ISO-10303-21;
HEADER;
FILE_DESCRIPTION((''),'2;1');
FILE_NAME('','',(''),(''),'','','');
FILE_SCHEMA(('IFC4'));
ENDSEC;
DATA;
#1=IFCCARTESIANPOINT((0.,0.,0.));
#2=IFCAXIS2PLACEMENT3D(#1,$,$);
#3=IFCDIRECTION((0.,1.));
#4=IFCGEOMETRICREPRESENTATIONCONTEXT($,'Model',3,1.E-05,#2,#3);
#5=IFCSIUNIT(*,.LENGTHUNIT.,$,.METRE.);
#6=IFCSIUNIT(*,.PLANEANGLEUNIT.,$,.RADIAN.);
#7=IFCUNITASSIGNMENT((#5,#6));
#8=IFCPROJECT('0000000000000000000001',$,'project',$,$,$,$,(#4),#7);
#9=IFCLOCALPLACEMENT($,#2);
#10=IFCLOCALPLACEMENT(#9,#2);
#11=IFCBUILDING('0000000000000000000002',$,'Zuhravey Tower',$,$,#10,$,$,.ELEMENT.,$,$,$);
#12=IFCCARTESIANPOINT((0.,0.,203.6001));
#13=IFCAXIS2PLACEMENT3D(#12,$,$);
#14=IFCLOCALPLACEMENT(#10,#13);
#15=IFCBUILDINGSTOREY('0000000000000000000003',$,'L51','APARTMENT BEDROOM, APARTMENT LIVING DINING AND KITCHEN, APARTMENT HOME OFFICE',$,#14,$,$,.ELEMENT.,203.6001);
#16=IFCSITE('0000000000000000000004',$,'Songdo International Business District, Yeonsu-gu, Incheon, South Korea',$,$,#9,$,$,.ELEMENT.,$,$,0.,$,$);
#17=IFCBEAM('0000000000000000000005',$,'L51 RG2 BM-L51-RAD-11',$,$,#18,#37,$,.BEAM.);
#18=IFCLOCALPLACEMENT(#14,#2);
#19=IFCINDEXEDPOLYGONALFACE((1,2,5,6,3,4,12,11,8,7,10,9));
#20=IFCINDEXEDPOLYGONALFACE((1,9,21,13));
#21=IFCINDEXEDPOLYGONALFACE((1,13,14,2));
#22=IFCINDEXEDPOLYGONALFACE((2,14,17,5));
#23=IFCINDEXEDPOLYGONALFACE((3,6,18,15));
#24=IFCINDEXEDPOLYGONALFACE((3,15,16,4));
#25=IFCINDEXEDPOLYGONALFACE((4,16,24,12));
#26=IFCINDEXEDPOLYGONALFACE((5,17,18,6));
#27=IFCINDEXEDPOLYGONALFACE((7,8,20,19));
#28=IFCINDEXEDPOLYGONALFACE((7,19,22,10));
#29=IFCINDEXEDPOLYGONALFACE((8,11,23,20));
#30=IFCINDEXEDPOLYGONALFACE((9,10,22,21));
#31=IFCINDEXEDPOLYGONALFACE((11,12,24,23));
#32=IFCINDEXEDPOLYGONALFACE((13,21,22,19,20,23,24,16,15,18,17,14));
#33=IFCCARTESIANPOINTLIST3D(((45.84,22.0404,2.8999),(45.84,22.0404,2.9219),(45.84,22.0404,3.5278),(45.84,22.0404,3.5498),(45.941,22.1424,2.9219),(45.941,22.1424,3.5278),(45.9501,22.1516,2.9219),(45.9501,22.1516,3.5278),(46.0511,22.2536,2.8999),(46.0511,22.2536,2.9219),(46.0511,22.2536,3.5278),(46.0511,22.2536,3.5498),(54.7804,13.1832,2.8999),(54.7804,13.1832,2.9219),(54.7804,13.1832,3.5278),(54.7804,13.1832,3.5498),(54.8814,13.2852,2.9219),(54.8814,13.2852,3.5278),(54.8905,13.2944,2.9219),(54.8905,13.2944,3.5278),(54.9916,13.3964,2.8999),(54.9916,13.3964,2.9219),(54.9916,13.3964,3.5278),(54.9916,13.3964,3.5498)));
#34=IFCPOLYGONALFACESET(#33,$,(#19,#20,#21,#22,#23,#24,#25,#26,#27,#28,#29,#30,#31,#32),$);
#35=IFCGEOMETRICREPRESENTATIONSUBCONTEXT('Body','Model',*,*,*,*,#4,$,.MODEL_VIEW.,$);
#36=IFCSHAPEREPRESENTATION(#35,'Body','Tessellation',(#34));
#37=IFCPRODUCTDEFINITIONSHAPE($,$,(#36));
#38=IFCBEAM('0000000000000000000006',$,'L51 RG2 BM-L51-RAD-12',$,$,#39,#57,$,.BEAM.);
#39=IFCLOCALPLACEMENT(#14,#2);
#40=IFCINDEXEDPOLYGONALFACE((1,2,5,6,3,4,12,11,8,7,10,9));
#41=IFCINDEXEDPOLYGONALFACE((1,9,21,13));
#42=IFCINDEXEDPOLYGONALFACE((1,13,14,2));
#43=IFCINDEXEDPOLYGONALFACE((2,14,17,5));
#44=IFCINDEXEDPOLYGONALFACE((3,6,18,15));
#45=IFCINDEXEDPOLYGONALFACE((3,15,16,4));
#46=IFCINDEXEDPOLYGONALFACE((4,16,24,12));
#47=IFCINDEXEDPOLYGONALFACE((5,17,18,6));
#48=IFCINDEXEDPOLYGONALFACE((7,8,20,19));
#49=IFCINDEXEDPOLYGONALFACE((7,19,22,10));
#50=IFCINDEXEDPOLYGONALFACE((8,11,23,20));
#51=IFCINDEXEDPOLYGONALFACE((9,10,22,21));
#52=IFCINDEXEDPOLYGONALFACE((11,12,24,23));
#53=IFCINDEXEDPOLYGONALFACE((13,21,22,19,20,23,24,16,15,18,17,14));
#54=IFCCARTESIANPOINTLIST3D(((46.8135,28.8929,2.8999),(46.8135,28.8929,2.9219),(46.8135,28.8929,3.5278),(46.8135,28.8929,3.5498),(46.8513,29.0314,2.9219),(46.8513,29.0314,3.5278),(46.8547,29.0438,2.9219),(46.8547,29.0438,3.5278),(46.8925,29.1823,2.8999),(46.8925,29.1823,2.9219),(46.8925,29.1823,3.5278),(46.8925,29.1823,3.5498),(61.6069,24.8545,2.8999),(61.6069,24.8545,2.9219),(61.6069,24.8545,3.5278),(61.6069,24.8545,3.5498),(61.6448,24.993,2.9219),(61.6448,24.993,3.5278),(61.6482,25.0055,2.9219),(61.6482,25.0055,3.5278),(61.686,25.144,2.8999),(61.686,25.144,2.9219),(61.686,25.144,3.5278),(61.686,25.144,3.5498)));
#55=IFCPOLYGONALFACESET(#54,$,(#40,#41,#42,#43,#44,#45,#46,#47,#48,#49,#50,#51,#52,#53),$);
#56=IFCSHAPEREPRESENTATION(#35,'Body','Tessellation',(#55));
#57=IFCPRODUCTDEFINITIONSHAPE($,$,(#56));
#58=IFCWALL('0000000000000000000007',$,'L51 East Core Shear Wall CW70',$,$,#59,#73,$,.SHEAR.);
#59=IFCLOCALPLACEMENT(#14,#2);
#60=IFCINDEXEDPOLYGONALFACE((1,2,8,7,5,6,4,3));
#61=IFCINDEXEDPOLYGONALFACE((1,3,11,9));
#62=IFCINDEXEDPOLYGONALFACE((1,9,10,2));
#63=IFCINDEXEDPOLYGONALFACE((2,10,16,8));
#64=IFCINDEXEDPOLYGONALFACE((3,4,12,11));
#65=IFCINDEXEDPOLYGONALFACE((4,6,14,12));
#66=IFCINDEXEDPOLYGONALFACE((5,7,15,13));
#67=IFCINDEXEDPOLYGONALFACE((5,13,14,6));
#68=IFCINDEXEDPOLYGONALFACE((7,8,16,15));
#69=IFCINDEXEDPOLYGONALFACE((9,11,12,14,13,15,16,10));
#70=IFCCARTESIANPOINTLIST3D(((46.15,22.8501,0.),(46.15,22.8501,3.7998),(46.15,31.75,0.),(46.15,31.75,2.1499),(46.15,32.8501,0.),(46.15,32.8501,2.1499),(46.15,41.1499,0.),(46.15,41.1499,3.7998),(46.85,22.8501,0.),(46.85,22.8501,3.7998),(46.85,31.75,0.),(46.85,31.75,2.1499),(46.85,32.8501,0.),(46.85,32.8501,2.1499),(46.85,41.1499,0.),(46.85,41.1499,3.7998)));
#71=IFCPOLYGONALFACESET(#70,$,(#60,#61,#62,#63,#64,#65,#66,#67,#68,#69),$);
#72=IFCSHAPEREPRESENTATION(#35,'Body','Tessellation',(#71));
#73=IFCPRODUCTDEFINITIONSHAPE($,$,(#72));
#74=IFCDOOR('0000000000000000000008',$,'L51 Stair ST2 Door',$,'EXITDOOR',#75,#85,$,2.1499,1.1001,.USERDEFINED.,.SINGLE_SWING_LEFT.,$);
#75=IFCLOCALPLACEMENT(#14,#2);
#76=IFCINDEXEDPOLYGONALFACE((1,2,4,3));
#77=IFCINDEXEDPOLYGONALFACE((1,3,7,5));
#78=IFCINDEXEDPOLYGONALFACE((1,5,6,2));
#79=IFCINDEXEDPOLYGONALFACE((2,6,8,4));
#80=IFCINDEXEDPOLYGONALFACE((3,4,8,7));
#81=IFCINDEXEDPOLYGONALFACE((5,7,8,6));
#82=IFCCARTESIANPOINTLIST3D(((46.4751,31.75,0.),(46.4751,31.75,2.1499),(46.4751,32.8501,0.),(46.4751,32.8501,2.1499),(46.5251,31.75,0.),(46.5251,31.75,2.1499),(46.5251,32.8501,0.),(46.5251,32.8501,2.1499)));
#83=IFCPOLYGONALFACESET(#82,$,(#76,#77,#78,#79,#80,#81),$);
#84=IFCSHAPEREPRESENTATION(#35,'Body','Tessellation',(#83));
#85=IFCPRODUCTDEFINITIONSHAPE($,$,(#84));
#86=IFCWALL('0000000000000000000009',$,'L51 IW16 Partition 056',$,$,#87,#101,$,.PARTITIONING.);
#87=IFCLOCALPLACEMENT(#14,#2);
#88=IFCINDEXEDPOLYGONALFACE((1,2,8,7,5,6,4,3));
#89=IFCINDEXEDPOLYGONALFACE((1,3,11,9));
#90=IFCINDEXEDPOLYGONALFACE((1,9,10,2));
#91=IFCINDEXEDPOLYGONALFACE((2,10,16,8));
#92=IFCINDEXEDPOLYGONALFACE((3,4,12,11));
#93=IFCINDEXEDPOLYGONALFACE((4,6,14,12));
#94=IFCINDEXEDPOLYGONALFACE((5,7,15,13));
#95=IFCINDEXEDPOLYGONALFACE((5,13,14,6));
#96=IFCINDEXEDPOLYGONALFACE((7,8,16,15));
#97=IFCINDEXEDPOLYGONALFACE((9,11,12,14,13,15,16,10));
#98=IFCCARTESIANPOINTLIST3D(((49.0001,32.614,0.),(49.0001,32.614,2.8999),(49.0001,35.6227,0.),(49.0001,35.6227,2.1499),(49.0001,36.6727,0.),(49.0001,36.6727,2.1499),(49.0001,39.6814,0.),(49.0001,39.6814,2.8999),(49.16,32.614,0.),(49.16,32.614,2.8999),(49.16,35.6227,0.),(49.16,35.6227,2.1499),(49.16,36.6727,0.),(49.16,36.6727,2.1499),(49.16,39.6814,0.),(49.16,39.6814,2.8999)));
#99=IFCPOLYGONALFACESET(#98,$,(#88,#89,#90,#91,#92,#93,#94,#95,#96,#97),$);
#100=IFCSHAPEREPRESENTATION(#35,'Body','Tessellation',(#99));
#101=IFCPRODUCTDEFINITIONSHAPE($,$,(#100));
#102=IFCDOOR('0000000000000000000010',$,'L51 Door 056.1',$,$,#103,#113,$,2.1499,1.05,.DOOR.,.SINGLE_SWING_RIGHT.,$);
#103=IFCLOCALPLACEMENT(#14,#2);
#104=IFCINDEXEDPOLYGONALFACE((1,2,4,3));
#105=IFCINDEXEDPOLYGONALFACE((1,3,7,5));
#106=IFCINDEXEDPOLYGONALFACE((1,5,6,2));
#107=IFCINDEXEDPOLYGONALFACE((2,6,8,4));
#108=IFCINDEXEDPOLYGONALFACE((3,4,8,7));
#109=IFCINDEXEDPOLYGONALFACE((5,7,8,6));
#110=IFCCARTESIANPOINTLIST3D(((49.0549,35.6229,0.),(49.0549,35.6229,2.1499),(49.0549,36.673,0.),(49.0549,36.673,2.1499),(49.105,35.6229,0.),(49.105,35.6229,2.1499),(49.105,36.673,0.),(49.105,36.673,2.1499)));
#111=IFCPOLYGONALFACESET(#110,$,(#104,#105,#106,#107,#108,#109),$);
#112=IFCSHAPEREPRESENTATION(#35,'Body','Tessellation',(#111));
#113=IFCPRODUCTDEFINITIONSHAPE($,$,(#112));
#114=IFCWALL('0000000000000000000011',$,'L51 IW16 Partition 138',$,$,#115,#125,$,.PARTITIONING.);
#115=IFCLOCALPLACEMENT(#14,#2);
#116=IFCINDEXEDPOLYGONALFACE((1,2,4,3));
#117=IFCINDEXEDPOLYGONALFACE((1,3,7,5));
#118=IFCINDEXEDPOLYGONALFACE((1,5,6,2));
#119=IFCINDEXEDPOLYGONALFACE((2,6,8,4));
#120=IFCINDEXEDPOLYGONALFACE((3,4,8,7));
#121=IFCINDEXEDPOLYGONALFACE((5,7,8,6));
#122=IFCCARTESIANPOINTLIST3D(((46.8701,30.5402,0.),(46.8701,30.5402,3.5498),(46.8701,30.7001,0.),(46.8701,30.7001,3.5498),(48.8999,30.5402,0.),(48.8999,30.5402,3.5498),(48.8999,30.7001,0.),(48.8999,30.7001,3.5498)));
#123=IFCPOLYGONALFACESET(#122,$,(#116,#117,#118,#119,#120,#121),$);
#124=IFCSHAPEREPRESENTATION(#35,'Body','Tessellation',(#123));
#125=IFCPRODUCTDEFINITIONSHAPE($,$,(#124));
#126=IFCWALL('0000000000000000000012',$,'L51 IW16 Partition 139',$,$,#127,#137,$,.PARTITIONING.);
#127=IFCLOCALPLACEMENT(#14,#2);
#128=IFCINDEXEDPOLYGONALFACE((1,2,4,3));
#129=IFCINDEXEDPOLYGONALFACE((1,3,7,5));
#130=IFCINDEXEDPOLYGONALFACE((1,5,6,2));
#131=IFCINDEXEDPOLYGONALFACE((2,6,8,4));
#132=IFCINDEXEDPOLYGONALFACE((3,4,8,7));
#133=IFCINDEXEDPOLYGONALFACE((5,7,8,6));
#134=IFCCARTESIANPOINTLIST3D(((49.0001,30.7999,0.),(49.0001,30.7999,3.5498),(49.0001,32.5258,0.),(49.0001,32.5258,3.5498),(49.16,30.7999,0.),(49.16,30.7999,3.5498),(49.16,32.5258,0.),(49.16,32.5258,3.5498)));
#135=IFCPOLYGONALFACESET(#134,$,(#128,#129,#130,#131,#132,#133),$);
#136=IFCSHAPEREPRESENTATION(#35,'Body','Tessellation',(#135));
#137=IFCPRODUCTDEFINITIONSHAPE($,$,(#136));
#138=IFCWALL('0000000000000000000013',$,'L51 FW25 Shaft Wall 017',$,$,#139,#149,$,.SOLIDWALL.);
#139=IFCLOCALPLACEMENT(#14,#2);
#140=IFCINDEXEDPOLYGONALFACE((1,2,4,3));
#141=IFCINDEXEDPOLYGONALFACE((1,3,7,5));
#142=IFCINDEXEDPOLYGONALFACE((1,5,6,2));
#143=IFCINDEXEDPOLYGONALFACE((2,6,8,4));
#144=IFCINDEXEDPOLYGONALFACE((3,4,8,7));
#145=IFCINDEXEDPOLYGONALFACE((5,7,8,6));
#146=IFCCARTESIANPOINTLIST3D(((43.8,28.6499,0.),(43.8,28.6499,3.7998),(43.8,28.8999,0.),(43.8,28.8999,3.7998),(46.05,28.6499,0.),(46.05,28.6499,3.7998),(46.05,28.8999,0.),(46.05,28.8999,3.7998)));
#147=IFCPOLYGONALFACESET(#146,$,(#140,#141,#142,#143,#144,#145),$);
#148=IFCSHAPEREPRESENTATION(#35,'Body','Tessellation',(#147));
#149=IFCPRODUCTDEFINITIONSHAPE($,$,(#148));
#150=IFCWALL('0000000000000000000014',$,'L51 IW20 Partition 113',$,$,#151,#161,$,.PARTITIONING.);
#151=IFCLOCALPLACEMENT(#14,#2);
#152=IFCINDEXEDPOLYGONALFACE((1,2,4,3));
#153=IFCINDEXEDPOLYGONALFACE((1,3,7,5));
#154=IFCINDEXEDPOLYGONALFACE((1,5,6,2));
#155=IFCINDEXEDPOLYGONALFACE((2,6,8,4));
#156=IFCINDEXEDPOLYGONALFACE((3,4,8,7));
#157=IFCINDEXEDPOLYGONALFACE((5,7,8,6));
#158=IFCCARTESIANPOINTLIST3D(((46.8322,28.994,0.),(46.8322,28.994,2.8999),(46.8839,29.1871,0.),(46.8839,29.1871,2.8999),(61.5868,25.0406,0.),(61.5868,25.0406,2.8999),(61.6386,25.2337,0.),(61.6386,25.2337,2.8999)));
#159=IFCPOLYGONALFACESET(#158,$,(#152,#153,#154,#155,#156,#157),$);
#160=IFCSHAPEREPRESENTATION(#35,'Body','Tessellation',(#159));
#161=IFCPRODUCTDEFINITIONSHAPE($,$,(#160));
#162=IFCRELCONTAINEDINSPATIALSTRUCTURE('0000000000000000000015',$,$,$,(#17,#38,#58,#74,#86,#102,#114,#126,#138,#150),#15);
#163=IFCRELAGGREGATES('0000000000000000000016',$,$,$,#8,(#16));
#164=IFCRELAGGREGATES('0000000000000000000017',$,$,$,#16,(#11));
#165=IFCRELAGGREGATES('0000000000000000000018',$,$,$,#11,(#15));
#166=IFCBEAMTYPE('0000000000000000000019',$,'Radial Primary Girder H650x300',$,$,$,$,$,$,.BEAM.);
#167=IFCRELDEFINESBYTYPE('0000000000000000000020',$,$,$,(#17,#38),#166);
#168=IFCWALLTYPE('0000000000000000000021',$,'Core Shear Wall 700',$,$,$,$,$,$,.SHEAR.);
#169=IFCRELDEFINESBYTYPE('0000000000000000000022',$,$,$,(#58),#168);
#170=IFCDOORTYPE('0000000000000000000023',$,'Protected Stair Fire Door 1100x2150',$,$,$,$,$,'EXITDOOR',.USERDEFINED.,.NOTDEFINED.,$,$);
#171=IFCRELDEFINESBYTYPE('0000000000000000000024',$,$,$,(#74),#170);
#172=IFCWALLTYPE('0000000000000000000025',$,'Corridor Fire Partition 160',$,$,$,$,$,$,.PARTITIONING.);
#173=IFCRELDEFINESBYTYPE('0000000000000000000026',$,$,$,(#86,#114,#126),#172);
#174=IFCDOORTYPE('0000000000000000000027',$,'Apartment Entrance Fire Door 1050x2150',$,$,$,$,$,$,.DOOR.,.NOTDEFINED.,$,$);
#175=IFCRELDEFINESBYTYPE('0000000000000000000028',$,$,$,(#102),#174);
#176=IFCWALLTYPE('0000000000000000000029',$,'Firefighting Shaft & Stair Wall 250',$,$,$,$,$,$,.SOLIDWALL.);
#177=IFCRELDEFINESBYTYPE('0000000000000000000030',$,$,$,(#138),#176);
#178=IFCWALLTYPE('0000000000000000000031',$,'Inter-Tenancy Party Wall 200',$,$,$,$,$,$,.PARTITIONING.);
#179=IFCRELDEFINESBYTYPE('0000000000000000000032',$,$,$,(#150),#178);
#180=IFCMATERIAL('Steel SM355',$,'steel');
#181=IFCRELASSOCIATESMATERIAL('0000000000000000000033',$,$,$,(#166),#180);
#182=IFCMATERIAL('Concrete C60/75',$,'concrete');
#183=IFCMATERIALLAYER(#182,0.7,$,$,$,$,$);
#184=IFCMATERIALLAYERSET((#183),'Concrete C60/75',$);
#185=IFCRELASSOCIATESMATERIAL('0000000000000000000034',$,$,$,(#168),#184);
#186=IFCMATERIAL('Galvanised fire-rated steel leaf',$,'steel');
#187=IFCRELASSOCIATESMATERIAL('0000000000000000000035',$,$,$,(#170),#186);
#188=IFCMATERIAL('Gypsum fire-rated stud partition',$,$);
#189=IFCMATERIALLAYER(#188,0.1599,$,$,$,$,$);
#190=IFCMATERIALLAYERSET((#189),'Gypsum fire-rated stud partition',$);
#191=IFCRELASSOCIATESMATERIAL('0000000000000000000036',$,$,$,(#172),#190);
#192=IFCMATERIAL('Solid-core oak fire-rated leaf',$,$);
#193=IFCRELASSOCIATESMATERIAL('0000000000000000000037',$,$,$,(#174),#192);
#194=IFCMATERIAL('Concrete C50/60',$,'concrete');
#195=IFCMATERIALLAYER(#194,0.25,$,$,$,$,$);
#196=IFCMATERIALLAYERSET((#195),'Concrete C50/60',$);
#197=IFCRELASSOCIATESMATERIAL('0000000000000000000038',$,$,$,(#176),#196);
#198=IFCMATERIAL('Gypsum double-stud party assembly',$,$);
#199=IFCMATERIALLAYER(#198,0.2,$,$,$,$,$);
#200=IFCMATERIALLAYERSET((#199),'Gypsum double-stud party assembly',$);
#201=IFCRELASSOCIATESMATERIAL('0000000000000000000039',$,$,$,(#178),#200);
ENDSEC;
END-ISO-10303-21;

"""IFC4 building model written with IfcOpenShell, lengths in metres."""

from ifc_helpers import new_model, si_unit, direction, frame, frame_2d, origin, origin_2d, place, context, subcontext, project, spatial, rectangle, i_section, extrude, material, layer, layer_set, material_profile, profile_set, type_object, element, fill, save


model = new_model("IFC4")

# Units and contexts
model_context = context("Model", 3, precision=1e-05, world=origin(), true_north=direction((0.0, 1.0)))
body_context = subcontext(model_context, "Body", "Model", "MODEL_VIEW")
ifc_project = project(units=[si_unit("LENGTHUNIT", "METRE"), si_unit("PLANEANGLEUNIT", "RADIAN")], contexts=[model_context])

# Site, building, storey
site_placement = place(None, origin())
site = spatial("IfcSite", under=ifc_project, at=site_placement, Name="Songdo International Business District, Yeonsu-gu, Incheon, South Korea", CompositionType="ELEMENT", RefElevation=0.0)
building_placement = place(site_placement, origin())
building = spatial("IfcBuilding", under=site, at=building_placement, Name="Zuhravey Tower", CompositionType="ELEMENT")
storey_placement = place(building_placement, frame((0.0, 0.0, 203.6001)))
storey = spatial("IfcBuildingStorey", under=building, at=storey_placement, Name="L51", Description="APARTMENT BEDROOM, APARTMENT LIVING DINING AND KITCHEN, APARTMENT HOME OFFICE", CompositionType="ELEMENT", Elevation=203.6001)

# Beams
ifc_material_1 = material(Name="Steel SM355", Category="steel")
ifc_material_profile = material_profile(ifc_material_1, i_section(OverallWidth=0.3, OverallDepth=0.6499, WebThickness=0.0129, FlangeThickness=0.022, at=origin_2d()), Name="H-650x300x13x22")
ifc_profile_set = profile_set([ifc_material_profile], Name="Steel SM355")
beam_type = type_object("IfcBeamType", Name="Radial Primary Girder H650x300", PredefinedType="BEAM", material=ifc_profile_set)
beam_1_placement = place(storey_placement, frame((45.9456, 22.147, 3.2249), z_axis=(0.710407, -0.703791, 0.0), x_axis=(0.703791, 0.710407, 0.0)))
element("IfcBeam", 1, at=beam_1_placement, inside=storey, type_object=beam_type, Name="L51 RG2 BM-L51-RAD-11", PredefinedType="BEAM", context=body_context, shape_type="SweptSolid", body=[
    extrude(i_section(OverallWidth=0.3, OverallDepth=0.6499, WebThickness=0.0129, FlangeThickness=0.022, at=origin_2d()), origin(), (0.0, 0.0, 1.0), 12.585),
])
beam_2_placement = place(storey_placement, frame((46.853, 29.0376, 3.2249), z_axis=(0.964702, -0.263345, 0.0), x_axis=(0.263345, 0.964702, 0.0)))
element("IfcBeam", 2, at=beam_2_placement, inside=storey, type_object=beam_type, Name="L51 RG2 BM-L51-RAD-12", PredefinedType="BEAM", context=body_context, shape_type="SweptSolid", body=[
    extrude(i_section(OverallWidth=0.3, OverallDepth=0.6499, WebThickness=0.0129, FlangeThickness=0.022, at=origin_2d()), origin(), (0.0, 0.0, 1.0), 15.3347),
])

# Walls, openings, doors
ifc_material_2 = material(Name="Concrete C60/75", Category="concrete")
ifc_layer_1 = layer(ifc_material_2, 0.7)
ifc_layer_set_1 = layer_set([ifc_layer_1], Name="Concrete C60/75")
wall_type_1 = type_object("IfcWallType", Name="Core Shear Wall 700", PredefinedType="SHEAR", material=ifc_layer_set_1)
wall_1_placement = place(storey_placement, frame((46.5, 22.8501, 0.0), z_axis=(0.0, 0.0, 1.0), x_axis=(0.0, 1.0, 0.0)))
wall_1 = element("IfcWall", 3, at=wall_1_placement, inside=storey, type_object=wall_type_1, Name="L51 East Core Shear Wall CW70", PredefinedType="SHEAR", context=body_context, shape_type="SweptSolid", body=[
    extrude(rectangle(XDim=18.2998, YDim=0.7, at=frame_2d((9.1499, 0.0))), origin(), (0.0, 0.0, 1.0), 3.7998),
])
opening_1_placement = place(wall_1_placement, frame((8.8999, 0.0, 0.0)))
opening_1 = element("IfcOpeningElement", 4, at=opening_1_placement, cuts=wall_1, PredefinedType="OPENING", context=body_context, shape_type="SweptSolid", body=[
    extrude(rectangle(XDim=1.1001, YDim=2.1499, at=frame_2d((0.55, 1.075))), frame((0.0, 0.3621, 0.0), z_axis=(0.0, -1.0, 0.0), x_axis=(1.0, 0.0, 0.0)), (0.0, 0.0, 1.0), 0.7239),
])
ifc_material_3 = material(Name="Galvanised fire-rated steel leaf", Category="steel")
door_type_1 = type_object("IfcDoorType", Name="Protected Stair Fire Door 1100x2150", ElementType="EXITDOOR", OperationType="NOTDEFINED", PredefinedType="USERDEFINED", material=ifc_material_3)
door_1_placement = place(opening_1_placement, origin())
door_1 = element("IfcDoor", 5, at=door_1_placement, inside=storey, type_object=door_type_1, Name="L51 Stair ST2 Door", ObjectType="EXITDOOR", OperationType="SINGLE_SWING_LEFT", OverallHeight=2.1499, OverallWidth=1.1001, PredefinedType="USERDEFINED", context=body_context, shape_type="SweptSolid", body=[
    extrude(rectangle(XDim=1.1001, YDim=2.1499, at=frame_2d((0.55, 1.075))), frame((0.0, 0.0249, 0.0), z_axis=(0.0, -1.0, 0.0), x_axis=(1.0, 0.0, 0.0)), (0.0, 0.0, 1.0), 0.05),
])
fill(opening_1, door_1)
ifc_material_4 = material(Name="Gypsum fire-rated stud partition")
ifc_layer_2 = layer(ifc_material_4, 0.1599)
ifc_layer_set_2 = layer_set([ifc_layer_2], Name="Gypsum fire-rated stud partition")
wall_type_2 = type_object("IfcWallType", Name="Corridor Fire Partition 160", PredefinedType="PARTITIONING", material=ifc_layer_set_2)
wall_2_placement = place(storey_placement, frame((49.0801, 32.614, 0.0), z_axis=(0.0, 0.0, 1.0), x_axis=(0.0, 1.0, 0.0)))
wall_2 = element("IfcWall", 6, at=wall_2_placement, inside=storey, type_object=wall_type_2, Name="L51 IW16 Partition 056", PredefinedType="PARTITIONING", context=body_context, shape_type="SweptSolid", body=[
    extrude(rectangle(XDim=7.0674, YDim=0.1599, at=frame_2d((3.5337, 0.0))), origin(), (0.0, 0.0, 1.0), 2.8999),
])
opening_2_placement = place(wall_2_placement, frame((3.0088, 0.0, 0.0)))
opening_2 = element("IfcOpeningElement", 7, at=opening_2_placement, cuts=wall_2, PredefinedType="OPENING", context=body_context, shape_type="SweptSolid", body=[
    extrude(rectangle(XDim=1.05, YDim=2.1499, at=frame_2d((0.5249, 1.075))), frame((0.0, 0.092, 0.0), z_axis=(0.0, -1.0, 0.0), x_axis=(1.0, 0.0, 0.0)), (0.0, 0.0, 1.0), 0.1838),
])
ifc_material_5 = material(Name="Solid-core oak fire-rated leaf")
door_type_2 = type_object("IfcDoorType", Name="Apartment Entrance Fire Door 1050x2150", OperationType="NOTDEFINED", PredefinedType="DOOR", material=ifc_material_5)
door_2_placement = place(opening_2_placement, frame((1.05, 0.0, 0.0), z_axis=(0.0, 0.0, 1.0), x_axis=(-1.0, 0.0, 0.0)))
door_2 = element("IfcDoor", 8, at=door_2_placement, inside=storey, type_object=door_type_2, Name="L51 Door 056.1", OperationType="SINGLE_SWING_RIGHT", OverallHeight=2.1499, OverallWidth=1.05, PredefinedType="DOOR", context=body_context, shape_type="SweptSolid", body=[
    extrude(rectangle(XDim=1.05, YDim=2.1499, at=frame_2d((0.5249, 1.075))), frame((0.0, 0.0249, 0.0), z_axis=(0.0, -1.0, 0.0), x_axis=(1.0, 0.0, 0.0)), (0.0, 0.0, 1.0), 0.05),
])
fill(opening_2, door_2)

# Walls
wall_3_placement = place(storey_placement, frame((46.8701, 30.6201, 0.0), z_axis=(0.0, 0.0, 1.0), x_axis=(1.0, 0.0, 0.0)))
element("IfcWall", 9, at=wall_3_placement, inside=storey, type_object=wall_type_2, Name="L51 IW16 Partition 138", PredefinedType="PARTITIONING", context=body_context, shape_type="SweptSolid", body=[
    extrude(rectangle(XDim=2.0298, YDim=0.1599, at=frame_2d((1.0149, 0.0))), origin(), (0.0, 0.0, 1.0), 3.5498),
])
wall_4_placement = place(storey_placement, frame((49.0801, 30.8, 0.0), z_axis=(0.0, 0.0, 1.0), x_axis=(0.0, 1.0, 0.0)))
element("IfcWall", 10, at=wall_4_placement, inside=storey, type_object=wall_type_2, Name="L51 IW16 Partition 139", PredefinedType="PARTITIONING", context=body_context, shape_type="SweptSolid", body=[
    extrude(rectangle(XDim=1.7258, YDim=0.1599, at=frame_2d((0.8628, 0.0))), origin(), (0.0, 0.0, 1.0), 3.5498),
])
ifc_material_6 = material(Name="Concrete C50/60", Category="concrete")
ifc_layer_3 = layer(ifc_material_6, 0.25)
ifc_layer_set_3 = layer_set([ifc_layer_3], Name="Concrete C50/60")
wall_type_3 = type_object("IfcWallType", Name="Firefighting Shaft & Stair Wall 250", PredefinedType="SOLIDWALL", material=ifc_layer_set_3)
wall_5_placement = place(storey_placement, frame((43.8, 28.7749, 0.0), z_axis=(0.0, 0.0, 1.0), x_axis=(1.0, 0.0, 0.0)))
element("IfcWall", 11, at=wall_5_placement, inside=storey, type_object=wall_type_3, Name="L51 FW25 Shaft Wall 017", PredefinedType="SOLIDWALL", context=body_context, shape_type="SweptSolid", body=[
    extrude(rectangle(XDim=2.25, YDim=0.25, at=frame_2d((1.125, 0.0))), origin(), (0.0, 0.0, 1.0), 3.7998),
])
ifc_material_7 = material(Name="Gypsum double-stud party assembly")
ifc_layer_4 = layer(ifc_material_7, 0.2)
ifc_layer_set_4 = layer_set([ifc_layer_4], Name="Gypsum double-stud party assembly")
wall_type_4 = type_object("IfcWallType", Name="Inter-Tenancy Party Wall 200", PredefinedType="PARTITIONING", material=ifc_layer_set_4)
wall_6_placement = place(storey_placement, frame((46.8579, 29.0906, 0.0), z_axis=(0.0, 0.0, 1.0), x_axis=(0.965928, -0.258811, 0.0)))
element("IfcWall", 12, at=wall_6_placement, inside=storey, type_object=wall_type_4, Name="L51 IW20 Partition 113", PredefinedType="PARTITIONING", context=body_context, shape_type="SweptSolid", body=[
    extrude(rectangle(XDim=15.2751, YDim=0.2, at=frame_2d((7.6377, 0.0))), origin(), (0.0, 0.0, 1.0), 2.8999),
])

save(model, "model.ifc")
